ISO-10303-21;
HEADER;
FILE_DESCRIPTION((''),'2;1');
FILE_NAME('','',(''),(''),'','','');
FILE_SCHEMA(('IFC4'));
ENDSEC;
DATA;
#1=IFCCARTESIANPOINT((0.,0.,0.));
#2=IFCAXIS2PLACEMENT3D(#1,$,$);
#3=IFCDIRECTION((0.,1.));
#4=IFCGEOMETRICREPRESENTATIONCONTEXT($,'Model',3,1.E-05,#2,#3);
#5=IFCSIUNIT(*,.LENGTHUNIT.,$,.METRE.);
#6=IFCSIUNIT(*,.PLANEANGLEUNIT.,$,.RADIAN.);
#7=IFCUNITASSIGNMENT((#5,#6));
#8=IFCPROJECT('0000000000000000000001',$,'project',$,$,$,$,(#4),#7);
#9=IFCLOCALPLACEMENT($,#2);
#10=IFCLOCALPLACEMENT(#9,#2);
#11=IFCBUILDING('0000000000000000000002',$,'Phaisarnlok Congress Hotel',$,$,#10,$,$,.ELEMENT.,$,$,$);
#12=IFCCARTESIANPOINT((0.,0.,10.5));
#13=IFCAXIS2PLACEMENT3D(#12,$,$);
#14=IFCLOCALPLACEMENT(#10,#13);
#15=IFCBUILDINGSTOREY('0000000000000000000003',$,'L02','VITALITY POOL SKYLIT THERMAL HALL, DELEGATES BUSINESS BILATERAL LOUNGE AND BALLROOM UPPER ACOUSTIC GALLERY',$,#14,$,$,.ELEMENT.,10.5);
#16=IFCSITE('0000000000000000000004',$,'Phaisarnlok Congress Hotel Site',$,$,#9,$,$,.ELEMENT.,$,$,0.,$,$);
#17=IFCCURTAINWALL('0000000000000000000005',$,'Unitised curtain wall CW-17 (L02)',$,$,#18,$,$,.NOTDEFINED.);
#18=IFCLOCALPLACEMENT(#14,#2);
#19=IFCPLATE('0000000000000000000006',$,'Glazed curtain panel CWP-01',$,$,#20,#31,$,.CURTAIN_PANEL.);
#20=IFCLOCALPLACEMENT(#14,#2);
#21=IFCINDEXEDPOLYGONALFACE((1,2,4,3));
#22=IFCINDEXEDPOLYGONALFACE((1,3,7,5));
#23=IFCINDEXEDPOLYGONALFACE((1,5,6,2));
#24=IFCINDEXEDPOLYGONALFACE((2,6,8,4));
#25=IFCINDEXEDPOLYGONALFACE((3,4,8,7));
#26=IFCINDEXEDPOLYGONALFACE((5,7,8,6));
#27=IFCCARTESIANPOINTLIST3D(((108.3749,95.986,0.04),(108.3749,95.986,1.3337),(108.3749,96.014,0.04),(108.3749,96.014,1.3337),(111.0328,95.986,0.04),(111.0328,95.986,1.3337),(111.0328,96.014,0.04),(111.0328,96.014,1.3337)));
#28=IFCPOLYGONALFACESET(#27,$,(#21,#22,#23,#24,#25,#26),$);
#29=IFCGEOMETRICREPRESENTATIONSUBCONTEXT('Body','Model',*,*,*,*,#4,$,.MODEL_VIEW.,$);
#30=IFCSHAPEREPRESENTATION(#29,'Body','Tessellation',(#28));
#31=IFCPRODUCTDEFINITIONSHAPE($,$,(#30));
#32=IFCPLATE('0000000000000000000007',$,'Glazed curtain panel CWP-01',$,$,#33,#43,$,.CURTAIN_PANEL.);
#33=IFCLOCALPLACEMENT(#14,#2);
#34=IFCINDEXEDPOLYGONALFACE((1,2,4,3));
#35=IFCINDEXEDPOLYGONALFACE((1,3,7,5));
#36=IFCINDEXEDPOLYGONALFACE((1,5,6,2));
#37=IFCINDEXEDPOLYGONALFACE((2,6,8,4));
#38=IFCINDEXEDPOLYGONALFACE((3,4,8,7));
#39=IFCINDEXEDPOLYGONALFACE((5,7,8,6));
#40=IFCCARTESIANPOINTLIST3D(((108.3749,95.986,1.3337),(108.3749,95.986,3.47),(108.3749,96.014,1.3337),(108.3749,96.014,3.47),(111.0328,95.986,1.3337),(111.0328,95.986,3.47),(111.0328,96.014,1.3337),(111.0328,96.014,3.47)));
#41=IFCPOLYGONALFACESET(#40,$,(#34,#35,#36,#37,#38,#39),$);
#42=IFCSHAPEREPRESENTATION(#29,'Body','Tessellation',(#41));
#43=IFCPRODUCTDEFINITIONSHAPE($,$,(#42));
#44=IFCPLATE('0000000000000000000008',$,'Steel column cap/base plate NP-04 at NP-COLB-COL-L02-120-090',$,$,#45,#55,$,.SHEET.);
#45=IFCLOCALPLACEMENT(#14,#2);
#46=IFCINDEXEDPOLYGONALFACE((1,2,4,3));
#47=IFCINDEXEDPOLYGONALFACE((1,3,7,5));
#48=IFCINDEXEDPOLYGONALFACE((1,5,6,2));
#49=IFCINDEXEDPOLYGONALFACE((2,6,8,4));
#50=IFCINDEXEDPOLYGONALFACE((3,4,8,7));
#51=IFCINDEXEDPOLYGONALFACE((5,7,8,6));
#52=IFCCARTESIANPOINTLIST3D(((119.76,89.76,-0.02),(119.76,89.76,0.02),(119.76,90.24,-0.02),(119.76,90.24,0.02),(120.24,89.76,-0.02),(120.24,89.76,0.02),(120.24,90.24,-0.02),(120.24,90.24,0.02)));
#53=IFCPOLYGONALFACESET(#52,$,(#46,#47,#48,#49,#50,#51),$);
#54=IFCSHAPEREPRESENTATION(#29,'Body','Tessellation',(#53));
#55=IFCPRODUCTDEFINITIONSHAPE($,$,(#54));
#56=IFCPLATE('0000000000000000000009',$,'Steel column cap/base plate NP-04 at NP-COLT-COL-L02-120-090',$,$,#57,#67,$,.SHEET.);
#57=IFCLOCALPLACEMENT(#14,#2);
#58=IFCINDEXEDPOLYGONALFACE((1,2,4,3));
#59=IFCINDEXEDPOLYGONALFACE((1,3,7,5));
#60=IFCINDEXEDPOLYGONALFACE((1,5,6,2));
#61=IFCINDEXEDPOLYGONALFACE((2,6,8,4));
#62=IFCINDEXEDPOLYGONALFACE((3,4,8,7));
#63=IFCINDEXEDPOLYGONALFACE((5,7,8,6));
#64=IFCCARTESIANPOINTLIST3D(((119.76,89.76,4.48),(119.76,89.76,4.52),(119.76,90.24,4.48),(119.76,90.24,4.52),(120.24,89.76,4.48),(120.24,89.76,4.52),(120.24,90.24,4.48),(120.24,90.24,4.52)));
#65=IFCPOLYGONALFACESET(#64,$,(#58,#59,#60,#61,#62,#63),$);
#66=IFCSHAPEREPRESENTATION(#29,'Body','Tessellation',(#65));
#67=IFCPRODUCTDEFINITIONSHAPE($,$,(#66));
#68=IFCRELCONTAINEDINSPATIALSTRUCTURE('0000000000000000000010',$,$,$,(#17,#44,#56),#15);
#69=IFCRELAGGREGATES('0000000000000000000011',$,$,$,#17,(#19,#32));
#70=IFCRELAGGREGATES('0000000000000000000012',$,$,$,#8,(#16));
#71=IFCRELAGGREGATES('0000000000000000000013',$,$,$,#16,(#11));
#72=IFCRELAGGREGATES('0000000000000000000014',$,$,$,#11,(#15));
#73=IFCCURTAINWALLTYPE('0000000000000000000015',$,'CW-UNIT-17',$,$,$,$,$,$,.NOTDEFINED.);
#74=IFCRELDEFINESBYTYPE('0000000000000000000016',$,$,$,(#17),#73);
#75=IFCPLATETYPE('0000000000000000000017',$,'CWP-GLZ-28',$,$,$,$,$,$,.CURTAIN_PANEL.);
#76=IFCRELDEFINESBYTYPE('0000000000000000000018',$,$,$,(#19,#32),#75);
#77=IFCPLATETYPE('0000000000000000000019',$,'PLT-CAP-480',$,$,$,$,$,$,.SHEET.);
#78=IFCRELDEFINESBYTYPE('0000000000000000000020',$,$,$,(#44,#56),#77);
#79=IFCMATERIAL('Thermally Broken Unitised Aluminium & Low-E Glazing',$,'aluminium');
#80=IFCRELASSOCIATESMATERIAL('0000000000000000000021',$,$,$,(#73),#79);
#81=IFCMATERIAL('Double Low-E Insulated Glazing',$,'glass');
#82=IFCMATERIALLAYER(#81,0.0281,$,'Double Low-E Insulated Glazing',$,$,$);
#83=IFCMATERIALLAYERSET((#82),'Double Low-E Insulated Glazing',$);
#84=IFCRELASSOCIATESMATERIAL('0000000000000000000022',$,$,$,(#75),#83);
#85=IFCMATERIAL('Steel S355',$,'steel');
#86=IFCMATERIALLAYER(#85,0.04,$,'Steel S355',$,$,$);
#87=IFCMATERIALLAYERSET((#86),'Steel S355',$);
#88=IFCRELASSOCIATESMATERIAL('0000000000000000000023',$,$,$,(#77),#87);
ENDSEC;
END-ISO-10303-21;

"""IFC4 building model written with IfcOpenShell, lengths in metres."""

from ifc_helpers import new_model, si_unit, direction, frame, frame_2d, origin, origin_2d, place, context, subcontext, project, spatial, rectangle, extrude, material, layer, layer_set, type_object, element, aggregate, save


model = new_model("IFC4")

# Units and contexts
model_context = context("Model", 3, precision=1e-05, world=origin(), true_north=direction((0.0, 1.0)))
body_context = subcontext(model_context, "Body", "Model", "MODEL_VIEW")
ifc_project = project(units=[si_unit("LENGTHUNIT", "METRE"), si_unit("PLANEANGLEUNIT", "RADIAN")], contexts=[model_context])

# Site, building, storey
site_placement = place(None, origin())
site = spatial("IfcSite", under=ifc_project, at=site_placement, Name="Phaisarnlok Congress Hotel Site", CompositionType="ELEMENT", RefElevation=0.0)
building_placement = place(site_placement, origin())
building = spatial("IfcBuilding", under=site, at=building_placement, Name="Phaisarnlok Congress Hotel", CompositionType="ELEMENT")
storey_placement = place(building_placement, frame((0.0, 0.0, 10.5)))
storey = spatial("IfcBuildingStorey", under=building, at=storey_placement, Name="L02", Description="VITALITY POOL SKYLIT THERMAL HALL, DELEGATES BUSINESS BILATERAL LOUNGE AND BALLROOM UPPER ACOUSTIC GALLERY", CompositionType="ELEMENT", Elevation=10.5)

# Shared definitions
ifc_material_1 = material(Name="Steel S355", Category="steel")

# Curtain wall
ifc_material_2 = material(Name="Thermally Broken Unitised Aluminium & Low-E Glazing", Category="aluminium")
curtain_wall_type = type_object("IfcCurtainWallType", Name="CW-UNIT-17", PredefinedType="NOTDEFINED", material=ifc_material_2)
curtain_wall_placement = place(storey_placement, origin())
curtain_wall = element("IfcCurtainWall", 1, at=curtain_wall_placement, inside=storey, type_object=curtain_wall_type, Name="Unitised curtain wall CW-17 (L02)", PredefinedType="NOTDEFINED")

# Plates
ifc_material_3 = material(Name="Double Low-E Insulated Glazing", Category="glass")
ifc_layer_1 = layer(ifc_material_3, 0.0281, Name="Double Low-E Insulated Glazing")
ifc_layer_set_1 = layer_set([ifc_layer_1], Name="Double Low-E Insulated Glazing")
plate_type_1 = type_object("IfcPlateType", Name="CWP-GLZ-28", PredefinedType="CURTAIN_PANEL", material=ifc_layer_set_1)
plate_1_placement = place(storey_placement, frame((111.033, 96.0, 0.04), z_axis=(0.0, 0.0, 1.0), x_axis=(-1.0, 0.0, 0.0)))
plate_1 = element("IfcPlate", 2, at=plate_1_placement, type_object=plate_type_1, Name="Glazed curtain panel CWP-01", PredefinedType="CURTAIN_PANEL", context=body_context, shape_type="SweptSolid", body=[
    extrude(rectangle(XDim=2.658, YDim=0.0281, at=frame_2d((1.3291, 0.0))), origin(), (0.0, 0.0, 1.0), 1.2937),
])
plate_2_placement = place(storey_placement, frame((111.033, 96.0, 1.3337), z_axis=(0.0, 0.0, 1.0), x_axis=(-1.0, 0.0, 0.0)))
plate_2 = element("IfcPlate", 3, at=plate_2_placement, type_object=plate_type_1, Name="Glazed curtain panel CWP-01", PredefinedType="CURTAIN_PANEL", context=body_context, shape_type="SweptSolid", body=[
    extrude(rectangle(XDim=2.658, YDim=0.0281, at=frame_2d((1.3291, 0.0))), origin(), (0.0, 0.0, 1.0), 2.1362),
])
aggregate(curtain_wall, [plate_1, plate_2])

# Plates
ifc_layer_2 = layer(ifc_material_1, 0.04, Name="Steel S355")
ifc_layer_set_2 = layer_set([ifc_layer_2], Name="Steel S355")
plate_type_2 = type_object("IfcPlateType", Name="PLT-CAP-480", PredefinedType="SHEET", material=ifc_layer_set_2)
for number, where, z_axis, x_axis, name in (
    (4, (120.0, 90.0, -0.02), (0.0, 0.0, 1.0), (1.0, 0.0, 0.0), "Steel column cap/base plate NP-04 at NP-COLB-COL-L02-120-090"),
    (5, (120.0, 90.0, 4.48), (0.0, 0.0, 1.0), (1.0, 0.0, 0.0), "Steel column cap/base plate NP-04 at NP-COLT-COL-L02-120-090"),
):
    element("IfcPlate", number, at=place(storey_placement, frame(where, z_axis=z_axis, x_axis=x_axis)), inside=storey, type_object=plate_type_2, Name=name, PredefinedType="SHEET", context=body_context, shape_type="SweptSolid", body=[
        extrude(rectangle(XDim=0.48, YDim=0.48, at=origin_2d()), origin(), (0.0, 0.0, 1.0), 0.04),
    ])

save(model, "model.ifc")
